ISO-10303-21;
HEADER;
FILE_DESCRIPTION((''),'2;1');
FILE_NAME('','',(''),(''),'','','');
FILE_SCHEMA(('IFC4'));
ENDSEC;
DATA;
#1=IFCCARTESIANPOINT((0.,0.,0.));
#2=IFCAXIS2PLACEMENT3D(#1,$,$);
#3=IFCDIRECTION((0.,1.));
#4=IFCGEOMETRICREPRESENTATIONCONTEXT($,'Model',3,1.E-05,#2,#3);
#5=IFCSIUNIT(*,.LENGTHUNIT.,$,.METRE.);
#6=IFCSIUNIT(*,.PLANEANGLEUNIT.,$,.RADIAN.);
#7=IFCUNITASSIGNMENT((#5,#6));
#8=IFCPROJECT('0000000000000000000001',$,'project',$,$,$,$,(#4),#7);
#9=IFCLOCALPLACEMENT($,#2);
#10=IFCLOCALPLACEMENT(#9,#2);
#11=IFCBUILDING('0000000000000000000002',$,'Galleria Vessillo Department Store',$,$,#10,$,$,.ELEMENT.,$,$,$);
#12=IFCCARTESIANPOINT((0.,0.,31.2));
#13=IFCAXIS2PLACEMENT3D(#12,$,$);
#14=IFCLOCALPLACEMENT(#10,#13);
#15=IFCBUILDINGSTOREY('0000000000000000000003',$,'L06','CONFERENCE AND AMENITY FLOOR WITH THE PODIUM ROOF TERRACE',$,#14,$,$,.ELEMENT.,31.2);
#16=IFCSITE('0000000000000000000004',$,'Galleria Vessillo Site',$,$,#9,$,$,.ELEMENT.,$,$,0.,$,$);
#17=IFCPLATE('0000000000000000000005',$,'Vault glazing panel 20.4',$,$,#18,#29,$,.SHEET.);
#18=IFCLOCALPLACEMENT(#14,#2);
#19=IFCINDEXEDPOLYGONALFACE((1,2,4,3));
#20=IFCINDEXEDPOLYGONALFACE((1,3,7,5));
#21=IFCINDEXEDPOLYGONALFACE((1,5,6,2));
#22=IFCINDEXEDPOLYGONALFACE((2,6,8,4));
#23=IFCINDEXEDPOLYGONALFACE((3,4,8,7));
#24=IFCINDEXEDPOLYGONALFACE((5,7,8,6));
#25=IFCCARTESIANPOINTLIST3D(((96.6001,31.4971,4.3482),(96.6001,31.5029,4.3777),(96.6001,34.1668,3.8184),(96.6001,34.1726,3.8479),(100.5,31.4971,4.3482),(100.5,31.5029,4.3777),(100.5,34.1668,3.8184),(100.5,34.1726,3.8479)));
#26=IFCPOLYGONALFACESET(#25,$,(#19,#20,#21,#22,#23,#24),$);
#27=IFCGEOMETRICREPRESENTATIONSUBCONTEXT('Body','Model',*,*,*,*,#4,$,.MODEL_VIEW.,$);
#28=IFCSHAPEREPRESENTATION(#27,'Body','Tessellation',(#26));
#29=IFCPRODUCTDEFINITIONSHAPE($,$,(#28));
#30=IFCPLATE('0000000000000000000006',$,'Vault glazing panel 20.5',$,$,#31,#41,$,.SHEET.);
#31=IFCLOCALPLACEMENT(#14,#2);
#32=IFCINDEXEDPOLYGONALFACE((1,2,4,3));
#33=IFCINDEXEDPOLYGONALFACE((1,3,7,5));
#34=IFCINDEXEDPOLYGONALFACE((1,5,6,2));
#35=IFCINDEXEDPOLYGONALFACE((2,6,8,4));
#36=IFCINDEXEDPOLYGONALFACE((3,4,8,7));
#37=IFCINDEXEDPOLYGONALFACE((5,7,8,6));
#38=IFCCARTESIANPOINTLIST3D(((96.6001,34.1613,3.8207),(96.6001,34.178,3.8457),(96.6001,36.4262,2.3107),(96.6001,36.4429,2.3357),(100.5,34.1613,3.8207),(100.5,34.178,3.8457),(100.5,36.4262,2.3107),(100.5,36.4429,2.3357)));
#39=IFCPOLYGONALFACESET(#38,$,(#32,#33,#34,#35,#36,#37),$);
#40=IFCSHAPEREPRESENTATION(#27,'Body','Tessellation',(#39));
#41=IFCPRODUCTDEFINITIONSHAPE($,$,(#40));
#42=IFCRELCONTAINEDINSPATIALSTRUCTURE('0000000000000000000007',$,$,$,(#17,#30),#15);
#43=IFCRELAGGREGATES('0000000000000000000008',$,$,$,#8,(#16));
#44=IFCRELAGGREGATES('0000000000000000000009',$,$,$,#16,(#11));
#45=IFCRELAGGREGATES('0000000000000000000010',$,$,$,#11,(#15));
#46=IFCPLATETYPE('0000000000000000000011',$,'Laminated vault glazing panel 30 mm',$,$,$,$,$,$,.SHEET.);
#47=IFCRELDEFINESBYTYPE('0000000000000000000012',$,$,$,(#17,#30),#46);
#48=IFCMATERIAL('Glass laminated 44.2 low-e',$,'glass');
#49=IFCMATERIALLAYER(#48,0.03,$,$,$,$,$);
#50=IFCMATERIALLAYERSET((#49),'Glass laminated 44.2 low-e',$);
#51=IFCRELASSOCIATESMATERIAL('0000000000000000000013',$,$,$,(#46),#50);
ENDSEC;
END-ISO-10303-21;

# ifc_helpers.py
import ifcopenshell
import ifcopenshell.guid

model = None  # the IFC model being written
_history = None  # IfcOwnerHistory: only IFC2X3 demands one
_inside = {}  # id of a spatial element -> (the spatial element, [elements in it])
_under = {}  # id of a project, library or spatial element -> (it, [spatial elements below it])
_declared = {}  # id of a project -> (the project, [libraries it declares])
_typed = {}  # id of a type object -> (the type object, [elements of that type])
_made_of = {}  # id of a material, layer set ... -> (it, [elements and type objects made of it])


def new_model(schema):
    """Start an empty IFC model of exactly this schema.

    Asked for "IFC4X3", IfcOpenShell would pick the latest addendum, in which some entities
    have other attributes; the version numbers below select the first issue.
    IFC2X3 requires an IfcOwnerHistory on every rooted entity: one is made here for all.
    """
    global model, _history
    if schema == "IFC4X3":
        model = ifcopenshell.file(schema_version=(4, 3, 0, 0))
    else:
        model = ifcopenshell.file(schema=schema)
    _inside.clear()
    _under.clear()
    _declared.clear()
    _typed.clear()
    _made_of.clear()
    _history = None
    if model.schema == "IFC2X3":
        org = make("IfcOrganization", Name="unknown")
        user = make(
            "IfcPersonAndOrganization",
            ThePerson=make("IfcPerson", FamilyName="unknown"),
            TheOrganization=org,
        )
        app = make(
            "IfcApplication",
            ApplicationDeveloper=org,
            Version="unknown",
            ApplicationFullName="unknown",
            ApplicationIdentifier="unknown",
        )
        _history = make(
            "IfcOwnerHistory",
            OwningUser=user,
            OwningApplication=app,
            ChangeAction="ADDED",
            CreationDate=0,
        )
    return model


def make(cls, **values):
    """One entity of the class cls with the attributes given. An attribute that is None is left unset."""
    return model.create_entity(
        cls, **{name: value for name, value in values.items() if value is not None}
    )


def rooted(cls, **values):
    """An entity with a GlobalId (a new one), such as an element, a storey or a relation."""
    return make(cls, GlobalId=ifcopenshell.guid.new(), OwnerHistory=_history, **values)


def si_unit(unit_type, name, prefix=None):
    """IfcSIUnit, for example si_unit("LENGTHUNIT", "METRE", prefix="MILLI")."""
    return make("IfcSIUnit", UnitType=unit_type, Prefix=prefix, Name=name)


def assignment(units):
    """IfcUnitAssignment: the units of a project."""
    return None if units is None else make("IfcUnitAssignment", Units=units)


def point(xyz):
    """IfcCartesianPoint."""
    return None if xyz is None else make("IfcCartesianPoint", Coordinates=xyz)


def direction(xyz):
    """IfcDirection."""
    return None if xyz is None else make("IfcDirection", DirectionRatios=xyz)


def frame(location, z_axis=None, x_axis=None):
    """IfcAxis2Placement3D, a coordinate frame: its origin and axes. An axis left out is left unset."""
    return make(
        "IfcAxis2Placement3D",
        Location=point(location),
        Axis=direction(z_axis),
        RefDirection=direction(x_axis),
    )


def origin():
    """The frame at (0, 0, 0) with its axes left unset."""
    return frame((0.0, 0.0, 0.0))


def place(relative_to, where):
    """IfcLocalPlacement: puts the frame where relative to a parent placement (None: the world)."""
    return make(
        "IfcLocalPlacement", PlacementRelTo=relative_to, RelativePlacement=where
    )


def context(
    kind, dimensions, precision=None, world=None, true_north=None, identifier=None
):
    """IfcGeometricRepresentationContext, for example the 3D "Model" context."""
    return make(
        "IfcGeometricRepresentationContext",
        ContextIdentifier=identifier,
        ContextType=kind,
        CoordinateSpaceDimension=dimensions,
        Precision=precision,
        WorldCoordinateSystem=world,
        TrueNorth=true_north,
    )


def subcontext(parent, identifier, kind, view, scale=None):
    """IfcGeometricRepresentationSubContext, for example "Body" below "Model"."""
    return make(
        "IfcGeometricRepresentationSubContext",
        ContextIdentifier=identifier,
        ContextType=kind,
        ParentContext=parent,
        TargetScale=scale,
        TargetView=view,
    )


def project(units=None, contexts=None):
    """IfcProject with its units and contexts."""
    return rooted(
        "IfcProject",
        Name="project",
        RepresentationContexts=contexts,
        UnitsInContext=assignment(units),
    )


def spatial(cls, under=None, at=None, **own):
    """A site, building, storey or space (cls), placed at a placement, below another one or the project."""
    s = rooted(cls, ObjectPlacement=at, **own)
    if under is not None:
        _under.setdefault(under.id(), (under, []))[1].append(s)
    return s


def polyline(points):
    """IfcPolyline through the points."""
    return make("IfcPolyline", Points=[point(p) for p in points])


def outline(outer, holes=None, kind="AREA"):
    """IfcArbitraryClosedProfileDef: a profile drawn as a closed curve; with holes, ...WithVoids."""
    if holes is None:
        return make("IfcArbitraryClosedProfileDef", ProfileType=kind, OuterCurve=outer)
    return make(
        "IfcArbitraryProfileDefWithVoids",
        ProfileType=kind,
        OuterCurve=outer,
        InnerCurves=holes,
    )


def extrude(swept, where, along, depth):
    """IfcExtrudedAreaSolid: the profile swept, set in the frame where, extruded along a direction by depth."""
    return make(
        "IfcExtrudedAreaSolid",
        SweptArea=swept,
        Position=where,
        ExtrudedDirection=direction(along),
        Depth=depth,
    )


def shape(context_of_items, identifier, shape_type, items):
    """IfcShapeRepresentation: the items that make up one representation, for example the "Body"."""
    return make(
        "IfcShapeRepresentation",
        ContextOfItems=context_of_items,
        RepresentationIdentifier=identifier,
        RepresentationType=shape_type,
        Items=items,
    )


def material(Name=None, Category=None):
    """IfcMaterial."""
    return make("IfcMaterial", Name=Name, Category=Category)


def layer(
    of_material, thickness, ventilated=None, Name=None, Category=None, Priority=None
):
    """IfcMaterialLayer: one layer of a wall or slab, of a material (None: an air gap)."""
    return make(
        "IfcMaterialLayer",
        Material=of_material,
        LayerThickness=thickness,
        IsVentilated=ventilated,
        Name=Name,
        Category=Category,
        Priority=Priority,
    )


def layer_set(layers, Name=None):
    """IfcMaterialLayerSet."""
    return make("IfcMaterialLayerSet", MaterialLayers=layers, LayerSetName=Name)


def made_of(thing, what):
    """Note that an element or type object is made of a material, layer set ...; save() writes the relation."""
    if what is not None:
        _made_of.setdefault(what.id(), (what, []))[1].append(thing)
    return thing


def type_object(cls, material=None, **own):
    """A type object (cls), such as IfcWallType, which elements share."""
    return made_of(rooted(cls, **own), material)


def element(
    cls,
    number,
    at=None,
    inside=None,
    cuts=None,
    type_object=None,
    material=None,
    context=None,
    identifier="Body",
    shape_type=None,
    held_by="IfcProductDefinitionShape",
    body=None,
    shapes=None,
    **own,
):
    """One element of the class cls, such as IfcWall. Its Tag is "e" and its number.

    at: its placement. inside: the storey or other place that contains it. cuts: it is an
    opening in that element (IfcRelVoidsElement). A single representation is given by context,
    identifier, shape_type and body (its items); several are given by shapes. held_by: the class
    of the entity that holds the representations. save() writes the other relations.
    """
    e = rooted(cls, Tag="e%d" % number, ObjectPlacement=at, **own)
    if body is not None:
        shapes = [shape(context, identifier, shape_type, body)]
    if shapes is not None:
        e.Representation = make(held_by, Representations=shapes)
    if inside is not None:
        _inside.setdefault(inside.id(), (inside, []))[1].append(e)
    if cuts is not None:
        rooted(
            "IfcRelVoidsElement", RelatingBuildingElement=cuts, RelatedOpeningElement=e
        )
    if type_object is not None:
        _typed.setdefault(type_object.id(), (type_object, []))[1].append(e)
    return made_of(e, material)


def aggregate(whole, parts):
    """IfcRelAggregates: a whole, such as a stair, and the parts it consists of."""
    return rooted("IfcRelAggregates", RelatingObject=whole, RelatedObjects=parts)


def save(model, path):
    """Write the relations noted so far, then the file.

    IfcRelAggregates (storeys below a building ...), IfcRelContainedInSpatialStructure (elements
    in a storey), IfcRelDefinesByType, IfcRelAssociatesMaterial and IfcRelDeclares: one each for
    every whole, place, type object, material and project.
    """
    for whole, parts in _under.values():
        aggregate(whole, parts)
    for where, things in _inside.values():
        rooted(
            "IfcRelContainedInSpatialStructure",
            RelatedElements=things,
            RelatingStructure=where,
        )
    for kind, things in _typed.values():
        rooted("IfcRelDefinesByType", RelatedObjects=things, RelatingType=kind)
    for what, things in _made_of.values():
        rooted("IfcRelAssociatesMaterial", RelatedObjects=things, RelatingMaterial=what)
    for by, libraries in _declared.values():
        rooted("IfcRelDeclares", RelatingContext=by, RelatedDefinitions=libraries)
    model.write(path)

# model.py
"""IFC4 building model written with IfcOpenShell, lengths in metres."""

from ifc_helpers import new_model, si_unit, direction, frame, origin, place, context, subcontext, project, spatial, polyline, outline, extrude, material, layer, layer_set, type_object, element, save


model = new_model("IFC4")

# Units and contexts
model_context = context("Model", 3, precision=1e-05, world=origin(), true_north=direction((0.0, 1.0)))
body_context = subcontext(model_context, "Body", "Model", "MODEL_VIEW")
ifc_project = project(units=[si_unit("LENGTHUNIT", "METRE"), si_unit("PLANEANGLEUNIT", "RADIAN")], contexts=[model_context])

# Site, building, storey
site_placement = place(None, origin())
site = spatial("IfcSite", under=ifc_project, at=site_placement, Name="Galleria Vessillo Site", CompositionType="ELEMENT", RefElevation=0.0)
building_placement = place(site_placement, origin())
building = spatial("IfcBuilding", under=site, at=building_placement, Name="Galleria Vessillo Department Store", CompositionType="ELEMENT")
storey_placement = place(building_placement, frame((0.0, 0.0, 31.2)))
storey = spatial("IfcBuildingStorey", under=building, at=storey_placement, Name="L06", Description="CONFERENCE AND AMENITY FLOOR WITH THE PODIUM ROOF TERRACE", CompositionType="ELEMENT", Elevation=31.2)

# Plates
ifc_material_1 = material(Name="Glass laminated 44.2 low-e", Category="glass")
ifc_layer = layer(ifc_material_1, 0.03)
ifc_layer_set = layer_set([ifc_layer], Name="Glass laminated 44.2 low-e")
plate_type = type_object("IfcPlateType", Name="Laminated vault glazing panel 30 mm", PredefinedType="SHEET", material=ifc_layer_set)
for number, where, z_axis, x_axis, name in (
    (1, (96.6001, 31.5029, 4.3777), (0.0, 0.19465, 0.980873), (1.0, 0.0, 0.0), "Vault glazing panel 20.4"),
):
    element("IfcPlate", number, at=place(storey_placement, frame(where, z_axis=z_axis, x_axis=x_axis)), inside=storey, type_object=plate_type, Name=name, PredefinedType="SHEET", context=body_context, shape_type="SweptSolid", body=[
        extrude(outline(polyline([(0.0, 0.0), (3.8999, 0.0), (3.8999, 2.7217), (0.0, 2.7217), (0.0, 0.0)])), origin(), (0.0, 0.0, -1.0), 0.03),
    ])
plate_1_placement = place(storey_placement, frame((96.6001, 34.178, 3.8457), z_axis=(0.0, 0.554721, 0.832036), x_axis=(1.0, 0.0, 0.0)))
element("IfcPlate", 2, at=plate_1_placement, inside=storey, type_object=plate_type, Name="Vault glazing panel 20.5", PredefinedType="SHEET", context=body_context, shape_type="SweptSolid", body=[
    extrude(outline(polyline([(0.0, 0.0), (3.8999, 0.0), (3.8999, 2.7221), (0.0, 2.7221), (0.0, 0.0)])), origin(), (0.0, 0.0, -1.0), 0.03),
])

save(model, "model.ifc")
